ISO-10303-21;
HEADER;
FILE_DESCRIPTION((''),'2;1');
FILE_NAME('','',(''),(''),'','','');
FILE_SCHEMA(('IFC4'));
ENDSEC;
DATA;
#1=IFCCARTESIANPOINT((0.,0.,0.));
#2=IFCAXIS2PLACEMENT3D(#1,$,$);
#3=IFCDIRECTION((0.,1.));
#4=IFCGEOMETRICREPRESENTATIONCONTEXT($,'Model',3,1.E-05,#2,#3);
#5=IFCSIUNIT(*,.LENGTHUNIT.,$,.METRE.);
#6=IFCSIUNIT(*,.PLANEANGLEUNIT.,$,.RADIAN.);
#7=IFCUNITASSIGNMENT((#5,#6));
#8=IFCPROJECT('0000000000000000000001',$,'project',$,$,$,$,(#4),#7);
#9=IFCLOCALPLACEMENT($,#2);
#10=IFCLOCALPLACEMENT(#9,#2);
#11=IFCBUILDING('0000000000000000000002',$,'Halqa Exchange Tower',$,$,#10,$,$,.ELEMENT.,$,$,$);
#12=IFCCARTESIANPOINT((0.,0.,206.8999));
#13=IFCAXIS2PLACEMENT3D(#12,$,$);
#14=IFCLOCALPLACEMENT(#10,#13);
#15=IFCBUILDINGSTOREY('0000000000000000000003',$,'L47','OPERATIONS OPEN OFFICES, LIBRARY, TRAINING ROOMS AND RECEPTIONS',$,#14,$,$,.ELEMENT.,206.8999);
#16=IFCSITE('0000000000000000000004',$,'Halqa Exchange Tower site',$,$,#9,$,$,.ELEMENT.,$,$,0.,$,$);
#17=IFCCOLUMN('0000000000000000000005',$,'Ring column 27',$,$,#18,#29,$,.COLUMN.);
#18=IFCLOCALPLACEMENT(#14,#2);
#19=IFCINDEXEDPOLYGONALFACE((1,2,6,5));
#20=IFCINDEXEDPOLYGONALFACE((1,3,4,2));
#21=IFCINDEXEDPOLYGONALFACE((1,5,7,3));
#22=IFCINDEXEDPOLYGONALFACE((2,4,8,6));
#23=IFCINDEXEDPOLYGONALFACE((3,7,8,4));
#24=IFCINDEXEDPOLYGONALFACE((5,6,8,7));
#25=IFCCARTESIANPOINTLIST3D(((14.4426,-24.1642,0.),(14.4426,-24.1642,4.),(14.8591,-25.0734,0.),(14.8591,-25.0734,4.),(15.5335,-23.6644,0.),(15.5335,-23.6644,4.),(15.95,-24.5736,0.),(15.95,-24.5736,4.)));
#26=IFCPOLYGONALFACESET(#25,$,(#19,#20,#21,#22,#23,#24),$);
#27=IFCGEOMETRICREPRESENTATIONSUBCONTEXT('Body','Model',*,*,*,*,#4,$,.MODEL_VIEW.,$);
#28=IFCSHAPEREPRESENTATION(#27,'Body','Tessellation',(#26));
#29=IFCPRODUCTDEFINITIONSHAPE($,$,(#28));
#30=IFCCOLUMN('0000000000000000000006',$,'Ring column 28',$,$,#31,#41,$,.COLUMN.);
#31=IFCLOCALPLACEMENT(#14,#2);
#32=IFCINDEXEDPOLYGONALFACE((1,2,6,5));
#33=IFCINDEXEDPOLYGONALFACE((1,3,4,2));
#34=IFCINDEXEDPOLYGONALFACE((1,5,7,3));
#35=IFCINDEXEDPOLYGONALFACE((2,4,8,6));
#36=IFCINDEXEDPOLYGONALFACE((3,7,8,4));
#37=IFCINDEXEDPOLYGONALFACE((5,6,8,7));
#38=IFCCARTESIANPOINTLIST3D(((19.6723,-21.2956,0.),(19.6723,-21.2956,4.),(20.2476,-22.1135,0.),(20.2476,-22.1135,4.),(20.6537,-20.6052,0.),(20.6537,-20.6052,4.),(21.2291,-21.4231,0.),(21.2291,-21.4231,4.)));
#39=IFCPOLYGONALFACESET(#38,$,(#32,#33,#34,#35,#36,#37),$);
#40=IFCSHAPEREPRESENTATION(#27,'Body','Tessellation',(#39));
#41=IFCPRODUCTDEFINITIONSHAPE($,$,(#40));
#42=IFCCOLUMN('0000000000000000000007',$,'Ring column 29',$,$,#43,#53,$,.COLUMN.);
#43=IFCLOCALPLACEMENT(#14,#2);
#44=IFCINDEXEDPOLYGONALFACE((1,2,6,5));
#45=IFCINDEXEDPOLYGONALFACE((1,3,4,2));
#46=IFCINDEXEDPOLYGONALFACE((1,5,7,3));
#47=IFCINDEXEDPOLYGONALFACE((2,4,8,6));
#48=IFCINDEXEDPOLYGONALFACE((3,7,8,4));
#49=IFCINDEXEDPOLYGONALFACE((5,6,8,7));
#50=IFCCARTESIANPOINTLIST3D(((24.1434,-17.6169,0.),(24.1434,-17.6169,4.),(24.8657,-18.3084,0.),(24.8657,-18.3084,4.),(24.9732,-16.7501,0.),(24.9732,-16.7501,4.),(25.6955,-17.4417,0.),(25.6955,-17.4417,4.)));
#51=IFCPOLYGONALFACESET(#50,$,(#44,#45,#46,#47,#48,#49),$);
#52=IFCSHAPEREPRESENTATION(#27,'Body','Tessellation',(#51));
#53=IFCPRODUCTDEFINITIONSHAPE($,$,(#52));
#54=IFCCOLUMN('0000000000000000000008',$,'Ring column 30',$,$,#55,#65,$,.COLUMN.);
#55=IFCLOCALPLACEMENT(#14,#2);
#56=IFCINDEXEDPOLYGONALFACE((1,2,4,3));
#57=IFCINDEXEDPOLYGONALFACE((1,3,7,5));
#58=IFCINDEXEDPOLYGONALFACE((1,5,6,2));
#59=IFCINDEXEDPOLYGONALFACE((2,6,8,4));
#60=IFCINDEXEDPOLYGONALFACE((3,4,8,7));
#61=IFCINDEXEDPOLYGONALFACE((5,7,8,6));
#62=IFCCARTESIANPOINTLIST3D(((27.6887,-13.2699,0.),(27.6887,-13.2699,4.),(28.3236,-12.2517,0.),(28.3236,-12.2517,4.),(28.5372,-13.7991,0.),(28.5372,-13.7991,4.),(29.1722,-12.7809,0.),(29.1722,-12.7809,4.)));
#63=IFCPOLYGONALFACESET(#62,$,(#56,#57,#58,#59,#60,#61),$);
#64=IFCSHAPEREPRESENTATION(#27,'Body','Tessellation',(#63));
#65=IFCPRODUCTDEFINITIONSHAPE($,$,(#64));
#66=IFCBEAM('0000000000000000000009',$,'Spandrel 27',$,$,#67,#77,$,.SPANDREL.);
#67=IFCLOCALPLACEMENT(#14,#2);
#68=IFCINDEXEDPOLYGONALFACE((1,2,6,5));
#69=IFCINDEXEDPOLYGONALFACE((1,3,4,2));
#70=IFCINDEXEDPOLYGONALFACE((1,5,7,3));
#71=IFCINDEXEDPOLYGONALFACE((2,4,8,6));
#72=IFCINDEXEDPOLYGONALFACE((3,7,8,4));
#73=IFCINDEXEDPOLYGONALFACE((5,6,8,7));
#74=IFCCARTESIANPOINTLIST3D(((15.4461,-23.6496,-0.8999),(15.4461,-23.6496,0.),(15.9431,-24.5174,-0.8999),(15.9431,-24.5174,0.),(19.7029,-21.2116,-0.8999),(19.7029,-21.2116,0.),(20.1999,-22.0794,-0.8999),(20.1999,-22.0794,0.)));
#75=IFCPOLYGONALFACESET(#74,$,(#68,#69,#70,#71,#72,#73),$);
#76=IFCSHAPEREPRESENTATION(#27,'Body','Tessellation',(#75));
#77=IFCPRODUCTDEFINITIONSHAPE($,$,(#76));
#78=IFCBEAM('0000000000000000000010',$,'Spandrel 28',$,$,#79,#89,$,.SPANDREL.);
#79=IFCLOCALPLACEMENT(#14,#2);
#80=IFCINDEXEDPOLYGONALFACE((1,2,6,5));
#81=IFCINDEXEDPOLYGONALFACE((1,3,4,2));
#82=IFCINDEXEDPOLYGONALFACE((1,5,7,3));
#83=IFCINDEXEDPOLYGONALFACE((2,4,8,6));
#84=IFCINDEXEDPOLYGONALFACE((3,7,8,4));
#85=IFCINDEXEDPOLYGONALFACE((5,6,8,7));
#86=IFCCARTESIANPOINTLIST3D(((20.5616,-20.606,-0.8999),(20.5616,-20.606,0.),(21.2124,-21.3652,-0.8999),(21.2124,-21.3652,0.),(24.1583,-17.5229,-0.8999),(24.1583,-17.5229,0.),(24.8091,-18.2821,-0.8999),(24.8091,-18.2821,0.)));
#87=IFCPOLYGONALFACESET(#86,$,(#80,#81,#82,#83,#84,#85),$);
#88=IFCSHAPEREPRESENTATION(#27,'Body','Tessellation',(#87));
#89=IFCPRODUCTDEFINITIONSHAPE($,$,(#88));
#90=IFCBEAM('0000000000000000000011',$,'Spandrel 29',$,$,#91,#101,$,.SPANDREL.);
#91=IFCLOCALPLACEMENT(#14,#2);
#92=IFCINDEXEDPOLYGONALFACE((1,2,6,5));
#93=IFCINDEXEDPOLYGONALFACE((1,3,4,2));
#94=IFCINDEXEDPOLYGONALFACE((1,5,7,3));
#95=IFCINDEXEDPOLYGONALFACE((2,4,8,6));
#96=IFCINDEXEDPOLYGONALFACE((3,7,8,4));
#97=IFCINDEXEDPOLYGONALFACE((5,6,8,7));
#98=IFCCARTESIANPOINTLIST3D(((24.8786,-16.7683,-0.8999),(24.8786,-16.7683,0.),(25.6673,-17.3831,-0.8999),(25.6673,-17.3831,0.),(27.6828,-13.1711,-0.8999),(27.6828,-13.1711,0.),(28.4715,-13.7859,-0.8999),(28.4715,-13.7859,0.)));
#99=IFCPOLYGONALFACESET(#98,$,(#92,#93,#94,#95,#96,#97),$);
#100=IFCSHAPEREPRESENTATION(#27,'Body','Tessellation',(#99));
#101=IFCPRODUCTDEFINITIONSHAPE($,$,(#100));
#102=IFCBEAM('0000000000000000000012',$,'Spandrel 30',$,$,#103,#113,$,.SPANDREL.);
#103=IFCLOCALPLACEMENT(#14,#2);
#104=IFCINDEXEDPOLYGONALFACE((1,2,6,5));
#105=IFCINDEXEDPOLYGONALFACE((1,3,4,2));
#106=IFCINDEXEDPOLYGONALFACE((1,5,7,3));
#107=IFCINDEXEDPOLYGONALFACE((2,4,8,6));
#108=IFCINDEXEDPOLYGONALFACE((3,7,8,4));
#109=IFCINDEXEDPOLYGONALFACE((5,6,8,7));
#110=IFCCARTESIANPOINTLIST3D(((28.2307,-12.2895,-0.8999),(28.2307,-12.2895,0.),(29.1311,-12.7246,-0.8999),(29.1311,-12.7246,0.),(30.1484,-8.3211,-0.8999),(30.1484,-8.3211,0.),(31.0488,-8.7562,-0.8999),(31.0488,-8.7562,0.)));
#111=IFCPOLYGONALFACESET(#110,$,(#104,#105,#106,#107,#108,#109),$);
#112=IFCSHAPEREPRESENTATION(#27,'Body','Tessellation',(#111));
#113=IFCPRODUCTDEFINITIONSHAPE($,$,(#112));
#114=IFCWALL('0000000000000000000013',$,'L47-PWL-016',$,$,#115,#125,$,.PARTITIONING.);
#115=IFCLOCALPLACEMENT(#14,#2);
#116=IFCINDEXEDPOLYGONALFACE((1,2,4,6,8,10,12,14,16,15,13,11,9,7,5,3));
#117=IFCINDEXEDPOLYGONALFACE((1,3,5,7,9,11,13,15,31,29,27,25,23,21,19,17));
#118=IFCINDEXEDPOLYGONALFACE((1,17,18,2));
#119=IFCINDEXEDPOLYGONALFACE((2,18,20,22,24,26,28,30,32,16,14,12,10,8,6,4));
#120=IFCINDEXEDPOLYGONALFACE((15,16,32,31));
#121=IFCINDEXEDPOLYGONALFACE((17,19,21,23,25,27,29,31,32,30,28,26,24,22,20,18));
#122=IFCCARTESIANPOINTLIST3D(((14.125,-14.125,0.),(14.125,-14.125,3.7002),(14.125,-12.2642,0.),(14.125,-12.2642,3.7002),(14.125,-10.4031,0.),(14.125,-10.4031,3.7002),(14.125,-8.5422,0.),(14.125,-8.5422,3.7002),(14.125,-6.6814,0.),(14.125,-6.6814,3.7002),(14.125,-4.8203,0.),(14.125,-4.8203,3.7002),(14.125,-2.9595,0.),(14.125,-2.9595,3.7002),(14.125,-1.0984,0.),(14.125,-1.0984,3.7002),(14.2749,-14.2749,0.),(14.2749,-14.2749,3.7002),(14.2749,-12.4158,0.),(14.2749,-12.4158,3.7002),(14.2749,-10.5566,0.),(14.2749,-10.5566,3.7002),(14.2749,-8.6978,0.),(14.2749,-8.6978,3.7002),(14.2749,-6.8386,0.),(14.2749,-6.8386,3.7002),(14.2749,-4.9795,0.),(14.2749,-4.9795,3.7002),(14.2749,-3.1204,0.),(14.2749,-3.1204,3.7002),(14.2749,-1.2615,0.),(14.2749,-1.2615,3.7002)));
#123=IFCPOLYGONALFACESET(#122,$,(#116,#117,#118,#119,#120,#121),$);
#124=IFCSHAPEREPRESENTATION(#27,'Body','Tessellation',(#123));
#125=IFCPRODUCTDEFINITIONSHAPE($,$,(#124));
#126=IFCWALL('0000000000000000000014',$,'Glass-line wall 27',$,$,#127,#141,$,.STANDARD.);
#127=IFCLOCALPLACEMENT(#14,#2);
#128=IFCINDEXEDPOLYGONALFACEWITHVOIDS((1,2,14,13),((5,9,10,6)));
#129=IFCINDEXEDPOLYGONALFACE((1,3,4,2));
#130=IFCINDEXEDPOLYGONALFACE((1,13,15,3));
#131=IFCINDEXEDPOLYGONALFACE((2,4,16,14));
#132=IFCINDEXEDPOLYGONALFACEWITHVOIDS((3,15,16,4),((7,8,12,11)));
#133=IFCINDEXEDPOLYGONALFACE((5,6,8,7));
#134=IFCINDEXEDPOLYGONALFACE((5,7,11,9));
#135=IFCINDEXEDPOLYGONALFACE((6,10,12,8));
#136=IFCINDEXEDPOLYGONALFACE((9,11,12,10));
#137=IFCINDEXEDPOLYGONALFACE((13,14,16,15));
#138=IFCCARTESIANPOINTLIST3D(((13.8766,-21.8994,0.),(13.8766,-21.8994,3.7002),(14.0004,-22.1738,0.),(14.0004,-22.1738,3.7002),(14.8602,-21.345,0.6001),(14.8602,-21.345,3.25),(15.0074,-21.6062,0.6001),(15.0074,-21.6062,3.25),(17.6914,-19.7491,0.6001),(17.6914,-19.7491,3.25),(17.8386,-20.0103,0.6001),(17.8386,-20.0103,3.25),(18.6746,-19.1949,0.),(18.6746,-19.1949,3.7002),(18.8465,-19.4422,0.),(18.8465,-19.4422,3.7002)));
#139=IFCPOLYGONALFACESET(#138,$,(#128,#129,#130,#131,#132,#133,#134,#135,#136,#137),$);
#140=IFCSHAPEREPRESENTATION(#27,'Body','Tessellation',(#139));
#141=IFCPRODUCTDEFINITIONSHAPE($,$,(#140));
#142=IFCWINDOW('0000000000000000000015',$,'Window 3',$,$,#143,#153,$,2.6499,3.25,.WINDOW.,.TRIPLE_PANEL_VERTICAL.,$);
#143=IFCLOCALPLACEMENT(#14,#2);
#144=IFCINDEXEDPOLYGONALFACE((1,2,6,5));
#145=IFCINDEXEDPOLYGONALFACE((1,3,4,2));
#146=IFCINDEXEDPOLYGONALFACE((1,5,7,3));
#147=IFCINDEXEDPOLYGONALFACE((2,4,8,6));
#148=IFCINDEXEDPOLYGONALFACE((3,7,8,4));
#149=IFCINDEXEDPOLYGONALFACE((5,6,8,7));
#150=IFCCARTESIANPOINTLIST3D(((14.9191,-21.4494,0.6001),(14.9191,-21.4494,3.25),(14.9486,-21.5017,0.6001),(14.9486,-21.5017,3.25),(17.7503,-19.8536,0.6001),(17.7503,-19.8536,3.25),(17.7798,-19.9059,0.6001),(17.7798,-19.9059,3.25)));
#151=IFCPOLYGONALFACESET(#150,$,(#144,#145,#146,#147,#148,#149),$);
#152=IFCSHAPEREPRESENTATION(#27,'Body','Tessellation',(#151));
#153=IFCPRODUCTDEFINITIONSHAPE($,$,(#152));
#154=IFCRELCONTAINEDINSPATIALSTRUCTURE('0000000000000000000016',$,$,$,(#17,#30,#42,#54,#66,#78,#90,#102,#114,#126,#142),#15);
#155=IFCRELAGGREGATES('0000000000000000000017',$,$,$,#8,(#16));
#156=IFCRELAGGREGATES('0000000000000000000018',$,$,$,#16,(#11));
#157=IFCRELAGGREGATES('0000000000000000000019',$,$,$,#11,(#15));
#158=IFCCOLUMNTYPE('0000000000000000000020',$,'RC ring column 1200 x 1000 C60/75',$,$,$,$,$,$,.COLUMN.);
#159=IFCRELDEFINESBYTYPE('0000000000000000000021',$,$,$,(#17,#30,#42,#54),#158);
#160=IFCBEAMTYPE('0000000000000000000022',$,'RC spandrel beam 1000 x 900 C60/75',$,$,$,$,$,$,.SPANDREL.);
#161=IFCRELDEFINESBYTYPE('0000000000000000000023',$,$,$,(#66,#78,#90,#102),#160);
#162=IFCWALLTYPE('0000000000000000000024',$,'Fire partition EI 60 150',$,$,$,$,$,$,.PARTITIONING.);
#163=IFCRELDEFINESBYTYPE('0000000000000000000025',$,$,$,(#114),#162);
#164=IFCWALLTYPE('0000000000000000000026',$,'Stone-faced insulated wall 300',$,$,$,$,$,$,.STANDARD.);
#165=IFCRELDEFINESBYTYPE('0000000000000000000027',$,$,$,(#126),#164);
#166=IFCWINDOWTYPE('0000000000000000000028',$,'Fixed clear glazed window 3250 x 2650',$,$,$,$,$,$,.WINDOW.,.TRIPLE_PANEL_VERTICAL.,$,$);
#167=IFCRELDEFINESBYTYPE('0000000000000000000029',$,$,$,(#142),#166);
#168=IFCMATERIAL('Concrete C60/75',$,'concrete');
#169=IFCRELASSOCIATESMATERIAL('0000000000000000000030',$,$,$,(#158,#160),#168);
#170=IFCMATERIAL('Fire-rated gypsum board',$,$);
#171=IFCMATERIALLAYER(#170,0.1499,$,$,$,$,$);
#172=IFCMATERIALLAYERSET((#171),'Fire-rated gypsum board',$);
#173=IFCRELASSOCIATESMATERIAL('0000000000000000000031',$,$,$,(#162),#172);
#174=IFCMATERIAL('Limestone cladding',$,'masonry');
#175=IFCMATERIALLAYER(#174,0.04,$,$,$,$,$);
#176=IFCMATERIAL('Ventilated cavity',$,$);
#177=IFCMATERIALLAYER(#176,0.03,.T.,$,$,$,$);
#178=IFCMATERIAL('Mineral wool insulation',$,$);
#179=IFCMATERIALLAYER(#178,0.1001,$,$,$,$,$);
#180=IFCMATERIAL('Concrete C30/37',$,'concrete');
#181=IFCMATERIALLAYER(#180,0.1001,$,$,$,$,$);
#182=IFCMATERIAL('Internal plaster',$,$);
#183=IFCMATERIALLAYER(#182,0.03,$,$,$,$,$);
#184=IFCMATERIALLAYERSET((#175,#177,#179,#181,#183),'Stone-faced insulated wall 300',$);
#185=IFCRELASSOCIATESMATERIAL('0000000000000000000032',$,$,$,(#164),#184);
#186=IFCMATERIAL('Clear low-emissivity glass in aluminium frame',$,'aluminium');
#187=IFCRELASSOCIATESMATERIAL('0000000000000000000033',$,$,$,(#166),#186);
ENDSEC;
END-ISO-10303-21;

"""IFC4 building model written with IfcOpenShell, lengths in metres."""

from ifc_helpers import new_model, si_unit, direction, frame, frame_2d, origin, origin_2d, place, context, subcontext, project, spatial, polyline, rectangle, outline, extrude, material, layer, layer_set, material_profile, profile_set, type_object, element, fill, save


model = new_model("IFC4")

# Units and contexts
model_context = context("Model", 3, precision=1e-05, world=origin(), true_north=direction((0.0, 1.0)))
body_context = subcontext(model_context, "Body", "Model", "MODEL_VIEW")
ifc_project = project(units=[si_unit("LENGTHUNIT", "METRE"), si_unit("PLANEANGLEUNIT", "RADIAN")], contexts=[model_context])

# Site, building, storey
site_placement = place(None, origin())
site = spatial("IfcSite", under=ifc_project, at=site_placement, Name="Halqa Exchange Tower site", CompositionType="ELEMENT", RefElevation=0.0)
building_placement = place(site_placement, origin())
building = spatial("IfcBuilding", under=site, at=building_placement, Name="Halqa Exchange Tower", CompositionType="ELEMENT")
storey_placement = place(building_placement, frame((0.0, 0.0, 206.8999)))
storey = spatial("IfcBuildingStorey", under=building, at=storey_placement, Name="L47", Description="OPERATIONS OPEN OFFICES, LIBRARY, TRAINING ROOMS AND RECEPTIONS", CompositionType="ELEMENT", Elevation=206.8999)

# Columns
ifc_material_1 = material(Name="Concrete C60/75", Category="concrete")
ifc_material_profile_1 = material_profile(ifc_material_1, rectangle(XDim=1.2, YDim=1.0, at=origin_2d()), Name="1200 x 1000")
ifc_profile_set_1 = profile_set([ifc_material_profile_1], Name="Concrete C60/75")
column_type = type_object("IfcColumnType", Name="RC ring column 1200 x 1000 C60/75", PredefinedType="COLUMN", material=ifc_profile_set_1)
for number, where, z_axis, x_axis, name in (
    (1, (15.1963, -24.3689, 0.0), (0.0, 0.0, 1.0), (0.909126, 0.41652, 0.0), "Ring column 27"),
    (2, (20.4507, -21.3594, 0.0), (0.0, 0.0, 1.0), (0.817909, 0.575348, 0.0), "Ring column 28"),
    (3, (24.9194, -17.5293, 0.0), (0.0, 0.0, 1.0), (0.691577, 0.722302, 0.0), "Ring column 29"),
    (4, (28.4304, -13.0254, 0.0), (0.0, 0.0, 1.0), (0.529143, 0.848532, 0.0), "Ring column 30"),
):
    element("IfcColumn", number, at=place(storey_placement, frame(where, z_axis=z_axis, x_axis=x_axis)), inside=storey, type_object=column_type, Name=name, PredefinedType="COLUMN", context=body_context, shape_type="SweptSolid", body=[
        extrude(rectangle(XDim=1.2, YDim=1.0, at=origin_2d()), origin(), (0.0, 0.0, 1.0), 4.0),
    ])

# Beams
ifc_material_profile_2 = material_profile(ifc_material_1, rectangle(XDim=1.0, YDim=0.8999, at=origin_2d()), Name="1000 x 900")
ifc_profile_set_2 = profile_set([ifc_material_profile_2], Name="Concrete C60/75")
beam_type = type_object("IfcBeamType", Name="RC spandrel beam 1000 x 900 C60/75", PredefinedType="SPANDREL", material=ifc_profile_set_2)
beam_1_placement = place(storey_placement, frame((15.6946, -24.0835, -0.45), z_axis=(0.867759, 0.496986, 0.0), x_axis=(-0.496986, 0.867759, 0.0)))
element("IfcBeam", 5, at=beam_1_placement, inside=storey, type_object=beam_type, Name="Spandrel 27", PredefinedType="SPANDREL", context=body_context, shape_type="SweptSolid", body=[
    extrude(rectangle(XDim=1.0, YDim=0.8999, at=origin_2d()), origin(), (0.0, 0.0, 1.0), 4.9055),
])
beam_2_placement = place(storey_placement, frame((20.887, -20.9856, -0.45), z_axis=(0.759242, 0.650808, 0.0), x_axis=(-0.650808, 0.759242, 0.0)))
element("IfcBeam", 6, at=beam_2_placement, inside=storey, type_object=beam_type, Name="Spandrel 28", PredefinedType="SPANDREL", context=body_context, shape_type="SweptSolid", body=[
    extrude(rectangle(XDim=1.0, YDim=0.8999, at=origin_2d()), origin(), (0.0, 0.0, 1.0), 4.7373),
])
beam_3_placement = place(storey_placement, frame((25.2729, -17.0757, -0.45), z_axis=(0.614815, 0.788672, 0.0), x_axis=(-0.788672, 0.614815, 0.0)))
element("IfcBeam", 7, at=beam_3_placement, inside=storey, type_object=beam_type, Name="Spandrel 29", PredefinedType="SPANDREL", context=body_context, shape_type="SweptSolid", body=[
    extrude(rectangle(XDim=1.0, YDim=0.8999, at=origin_2d()), origin(), (0.0, 0.0, 1.0), 4.561),
])
beam_4_placement = place(storey_placement, frame((28.6809, -12.5071, -0.45), z_axis=(0.435098, 0.900383, 0.0), x_axis=(-0.900383, 0.435098, 0.0)))
element("IfcBeam", 8, at=beam_4_placement, inside=storey, type_object=beam_type, Name="Spandrel 30", PredefinedType="SPANDREL", context=body_context, shape_type="SweptSolid", body=[
    extrude(rectangle(XDim=1.0, YDim=0.8999, at=origin_2d()), origin(), (0.0, 0.0, 1.0), 4.4075),
])

# Wall
ifc_material_2 = material(Name="Fire-rated gypsum board")
ifc_layer_1 = layer(ifc_material_2, 0.1499)
ifc_layer_set_1 = layer_set([ifc_layer_1], Name="Fire-rated gypsum board")
wall_type_1 = type_object("IfcWallType", Name="Fire partition EI 60 150", PredefinedType="PARTITIONING", material=ifc_layer_set_1)
wall_1_placement = place(storey_placement, frame((14.2, -14.2749, 0.0), z_axis=(0.0, 0.0, 1.0), x_axis=(0.0, 1.0, 0.0)))
element("IfcWall", 9, at=wall_1_placement, inside=storey, type_object=wall_type_1, Name="L47-PWL-016", PredefinedType="PARTITIONING", context=body_context, shape_type="SweptSolid", body=[
    extrude(outline(polyline([(0.0, -0.075), (1.8591, -0.075), (3.7183, -0.075), (5.5771, -0.075), (7.4363, -0.075), (9.2954, -0.075), (11.1545, -0.075), (13.0134, -0.075), (13.1765, 0.075), (11.3154, 0.075), (9.4546, 0.075), (7.5935, 0.075), (5.7327, 0.075), (3.8718, 0.075), (2.0107, 0.075), (0.1499, 0.075), (0.0, -0.075)])), origin(), (0.0, 0.0, 1.0), 3.7002),
])

# Wall, opening, window
ifc_material_3 = material(Name="Limestone cladding", Category="masonry")
ifc_layer_2 = layer(ifc_material_3, 0.04)
ifc_material_4 = material(Name="Ventilated cavity")
ifc_layer_3 = layer(ifc_material_4, 0.03, ventilated=True)
ifc_material_5 = material(Name="Mineral wool insulation")
ifc_layer_4 = layer(ifc_material_5, 0.1001)
ifc_material_6 = material(Name="Concrete C30/37", Category="concrete")
ifc_layer_5 = layer(ifc_material_6, 0.1001)
ifc_material_7 = material(Name="Internal plaster")
ifc_layer_6 = layer(ifc_material_7, 0.03)
ifc_layer_set_2 = layer_set([ifc_layer_2, ifc_layer_3, ifc_layer_4, ifc_layer_5, ifc_layer_6], Name="Stone-faced insulated wall 300")
wall_type_2 = type_object("IfcWallType", Name="Stone-faced insulated wall 300", PredefinedType="STANDARD", material=ifc_layer_set_2)
wall_2_placement = place(storey_placement, frame((13.9385, -22.0366, 0.0), z_axis=(0.0, 0.0, 1.0), x_axis=(0.871141, 0.491034, 0.0)))
wall_2 = element("IfcWall", 10, at=wall_2_placement, inside=storey, type_object=wall_type_2, Name="Glass-line wall 27", PredefinedType="STANDARD", context=body_context, shape_type="SweptSolid", body=[
    extrude(outline(polyline([(-0.0134, -0.1499), (5.5496, -0.1499), (5.5212, 0.1499), (0.0134, 0.1499), (-0.0134, -0.1499)])), origin(), (0.0, 0.0, 1.0), 3.7002),
])
opening_1_placement = place(wall_2_placement, frame((1.1426, 0.0, 0.6001)))
opening_1 = element("IfcOpeningElement", 11, at=opening_1_placement, cuts=wall_2, PredefinedType="OPENING", context=body_context, shape_type="SweptSolid", body=[
    extrude(rectangle(XDim=3.25, YDim=2.6499, at=frame_2d((1.625, 1.325))), frame((0.0, 0.1621, 0.0), z_axis=(0.0, -1.0, 0.0), x_axis=(1.0, 0.0, 0.0)), (0.0, 0.0, 1.0), 0.324),
])
ifc_material_8 = material(Name="Clear low-emissivity glass in aluminium frame", Category="aluminium")
window_type = type_object("IfcWindowType", Name="Fixed clear glazed window 3250 x 2650", PartitioningType="TRIPLE_PANEL_VERTICAL", PredefinedType="WINDOW", material=ifc_material_8)
window_1_placement = place(opening_1_placement, origin())
window_1 = element("IfcWindow", 12, at=window_1_placement, inside=storey, type_object=window_type, Name="Window 3", OverallHeight=2.6499, OverallWidth=3.25, PartitioningType="TRIPLE_PANEL_VERTICAL", PredefinedType="WINDOW", context=body_context, shape_type="SweptSolid", body=[
    extrude(rectangle(XDim=3.25, YDim=2.6499, at=frame_2d((1.625, 1.325))), frame((0.0, 0.03, 0.0), z_axis=(0.0, -1.0, 0.0), x_axis=(1.0, 0.0, 0.0)), (0.0, 0.0, 1.0), 0.0601),
])
fill(opening_1, window_1)

save(model, "model.ifc")
